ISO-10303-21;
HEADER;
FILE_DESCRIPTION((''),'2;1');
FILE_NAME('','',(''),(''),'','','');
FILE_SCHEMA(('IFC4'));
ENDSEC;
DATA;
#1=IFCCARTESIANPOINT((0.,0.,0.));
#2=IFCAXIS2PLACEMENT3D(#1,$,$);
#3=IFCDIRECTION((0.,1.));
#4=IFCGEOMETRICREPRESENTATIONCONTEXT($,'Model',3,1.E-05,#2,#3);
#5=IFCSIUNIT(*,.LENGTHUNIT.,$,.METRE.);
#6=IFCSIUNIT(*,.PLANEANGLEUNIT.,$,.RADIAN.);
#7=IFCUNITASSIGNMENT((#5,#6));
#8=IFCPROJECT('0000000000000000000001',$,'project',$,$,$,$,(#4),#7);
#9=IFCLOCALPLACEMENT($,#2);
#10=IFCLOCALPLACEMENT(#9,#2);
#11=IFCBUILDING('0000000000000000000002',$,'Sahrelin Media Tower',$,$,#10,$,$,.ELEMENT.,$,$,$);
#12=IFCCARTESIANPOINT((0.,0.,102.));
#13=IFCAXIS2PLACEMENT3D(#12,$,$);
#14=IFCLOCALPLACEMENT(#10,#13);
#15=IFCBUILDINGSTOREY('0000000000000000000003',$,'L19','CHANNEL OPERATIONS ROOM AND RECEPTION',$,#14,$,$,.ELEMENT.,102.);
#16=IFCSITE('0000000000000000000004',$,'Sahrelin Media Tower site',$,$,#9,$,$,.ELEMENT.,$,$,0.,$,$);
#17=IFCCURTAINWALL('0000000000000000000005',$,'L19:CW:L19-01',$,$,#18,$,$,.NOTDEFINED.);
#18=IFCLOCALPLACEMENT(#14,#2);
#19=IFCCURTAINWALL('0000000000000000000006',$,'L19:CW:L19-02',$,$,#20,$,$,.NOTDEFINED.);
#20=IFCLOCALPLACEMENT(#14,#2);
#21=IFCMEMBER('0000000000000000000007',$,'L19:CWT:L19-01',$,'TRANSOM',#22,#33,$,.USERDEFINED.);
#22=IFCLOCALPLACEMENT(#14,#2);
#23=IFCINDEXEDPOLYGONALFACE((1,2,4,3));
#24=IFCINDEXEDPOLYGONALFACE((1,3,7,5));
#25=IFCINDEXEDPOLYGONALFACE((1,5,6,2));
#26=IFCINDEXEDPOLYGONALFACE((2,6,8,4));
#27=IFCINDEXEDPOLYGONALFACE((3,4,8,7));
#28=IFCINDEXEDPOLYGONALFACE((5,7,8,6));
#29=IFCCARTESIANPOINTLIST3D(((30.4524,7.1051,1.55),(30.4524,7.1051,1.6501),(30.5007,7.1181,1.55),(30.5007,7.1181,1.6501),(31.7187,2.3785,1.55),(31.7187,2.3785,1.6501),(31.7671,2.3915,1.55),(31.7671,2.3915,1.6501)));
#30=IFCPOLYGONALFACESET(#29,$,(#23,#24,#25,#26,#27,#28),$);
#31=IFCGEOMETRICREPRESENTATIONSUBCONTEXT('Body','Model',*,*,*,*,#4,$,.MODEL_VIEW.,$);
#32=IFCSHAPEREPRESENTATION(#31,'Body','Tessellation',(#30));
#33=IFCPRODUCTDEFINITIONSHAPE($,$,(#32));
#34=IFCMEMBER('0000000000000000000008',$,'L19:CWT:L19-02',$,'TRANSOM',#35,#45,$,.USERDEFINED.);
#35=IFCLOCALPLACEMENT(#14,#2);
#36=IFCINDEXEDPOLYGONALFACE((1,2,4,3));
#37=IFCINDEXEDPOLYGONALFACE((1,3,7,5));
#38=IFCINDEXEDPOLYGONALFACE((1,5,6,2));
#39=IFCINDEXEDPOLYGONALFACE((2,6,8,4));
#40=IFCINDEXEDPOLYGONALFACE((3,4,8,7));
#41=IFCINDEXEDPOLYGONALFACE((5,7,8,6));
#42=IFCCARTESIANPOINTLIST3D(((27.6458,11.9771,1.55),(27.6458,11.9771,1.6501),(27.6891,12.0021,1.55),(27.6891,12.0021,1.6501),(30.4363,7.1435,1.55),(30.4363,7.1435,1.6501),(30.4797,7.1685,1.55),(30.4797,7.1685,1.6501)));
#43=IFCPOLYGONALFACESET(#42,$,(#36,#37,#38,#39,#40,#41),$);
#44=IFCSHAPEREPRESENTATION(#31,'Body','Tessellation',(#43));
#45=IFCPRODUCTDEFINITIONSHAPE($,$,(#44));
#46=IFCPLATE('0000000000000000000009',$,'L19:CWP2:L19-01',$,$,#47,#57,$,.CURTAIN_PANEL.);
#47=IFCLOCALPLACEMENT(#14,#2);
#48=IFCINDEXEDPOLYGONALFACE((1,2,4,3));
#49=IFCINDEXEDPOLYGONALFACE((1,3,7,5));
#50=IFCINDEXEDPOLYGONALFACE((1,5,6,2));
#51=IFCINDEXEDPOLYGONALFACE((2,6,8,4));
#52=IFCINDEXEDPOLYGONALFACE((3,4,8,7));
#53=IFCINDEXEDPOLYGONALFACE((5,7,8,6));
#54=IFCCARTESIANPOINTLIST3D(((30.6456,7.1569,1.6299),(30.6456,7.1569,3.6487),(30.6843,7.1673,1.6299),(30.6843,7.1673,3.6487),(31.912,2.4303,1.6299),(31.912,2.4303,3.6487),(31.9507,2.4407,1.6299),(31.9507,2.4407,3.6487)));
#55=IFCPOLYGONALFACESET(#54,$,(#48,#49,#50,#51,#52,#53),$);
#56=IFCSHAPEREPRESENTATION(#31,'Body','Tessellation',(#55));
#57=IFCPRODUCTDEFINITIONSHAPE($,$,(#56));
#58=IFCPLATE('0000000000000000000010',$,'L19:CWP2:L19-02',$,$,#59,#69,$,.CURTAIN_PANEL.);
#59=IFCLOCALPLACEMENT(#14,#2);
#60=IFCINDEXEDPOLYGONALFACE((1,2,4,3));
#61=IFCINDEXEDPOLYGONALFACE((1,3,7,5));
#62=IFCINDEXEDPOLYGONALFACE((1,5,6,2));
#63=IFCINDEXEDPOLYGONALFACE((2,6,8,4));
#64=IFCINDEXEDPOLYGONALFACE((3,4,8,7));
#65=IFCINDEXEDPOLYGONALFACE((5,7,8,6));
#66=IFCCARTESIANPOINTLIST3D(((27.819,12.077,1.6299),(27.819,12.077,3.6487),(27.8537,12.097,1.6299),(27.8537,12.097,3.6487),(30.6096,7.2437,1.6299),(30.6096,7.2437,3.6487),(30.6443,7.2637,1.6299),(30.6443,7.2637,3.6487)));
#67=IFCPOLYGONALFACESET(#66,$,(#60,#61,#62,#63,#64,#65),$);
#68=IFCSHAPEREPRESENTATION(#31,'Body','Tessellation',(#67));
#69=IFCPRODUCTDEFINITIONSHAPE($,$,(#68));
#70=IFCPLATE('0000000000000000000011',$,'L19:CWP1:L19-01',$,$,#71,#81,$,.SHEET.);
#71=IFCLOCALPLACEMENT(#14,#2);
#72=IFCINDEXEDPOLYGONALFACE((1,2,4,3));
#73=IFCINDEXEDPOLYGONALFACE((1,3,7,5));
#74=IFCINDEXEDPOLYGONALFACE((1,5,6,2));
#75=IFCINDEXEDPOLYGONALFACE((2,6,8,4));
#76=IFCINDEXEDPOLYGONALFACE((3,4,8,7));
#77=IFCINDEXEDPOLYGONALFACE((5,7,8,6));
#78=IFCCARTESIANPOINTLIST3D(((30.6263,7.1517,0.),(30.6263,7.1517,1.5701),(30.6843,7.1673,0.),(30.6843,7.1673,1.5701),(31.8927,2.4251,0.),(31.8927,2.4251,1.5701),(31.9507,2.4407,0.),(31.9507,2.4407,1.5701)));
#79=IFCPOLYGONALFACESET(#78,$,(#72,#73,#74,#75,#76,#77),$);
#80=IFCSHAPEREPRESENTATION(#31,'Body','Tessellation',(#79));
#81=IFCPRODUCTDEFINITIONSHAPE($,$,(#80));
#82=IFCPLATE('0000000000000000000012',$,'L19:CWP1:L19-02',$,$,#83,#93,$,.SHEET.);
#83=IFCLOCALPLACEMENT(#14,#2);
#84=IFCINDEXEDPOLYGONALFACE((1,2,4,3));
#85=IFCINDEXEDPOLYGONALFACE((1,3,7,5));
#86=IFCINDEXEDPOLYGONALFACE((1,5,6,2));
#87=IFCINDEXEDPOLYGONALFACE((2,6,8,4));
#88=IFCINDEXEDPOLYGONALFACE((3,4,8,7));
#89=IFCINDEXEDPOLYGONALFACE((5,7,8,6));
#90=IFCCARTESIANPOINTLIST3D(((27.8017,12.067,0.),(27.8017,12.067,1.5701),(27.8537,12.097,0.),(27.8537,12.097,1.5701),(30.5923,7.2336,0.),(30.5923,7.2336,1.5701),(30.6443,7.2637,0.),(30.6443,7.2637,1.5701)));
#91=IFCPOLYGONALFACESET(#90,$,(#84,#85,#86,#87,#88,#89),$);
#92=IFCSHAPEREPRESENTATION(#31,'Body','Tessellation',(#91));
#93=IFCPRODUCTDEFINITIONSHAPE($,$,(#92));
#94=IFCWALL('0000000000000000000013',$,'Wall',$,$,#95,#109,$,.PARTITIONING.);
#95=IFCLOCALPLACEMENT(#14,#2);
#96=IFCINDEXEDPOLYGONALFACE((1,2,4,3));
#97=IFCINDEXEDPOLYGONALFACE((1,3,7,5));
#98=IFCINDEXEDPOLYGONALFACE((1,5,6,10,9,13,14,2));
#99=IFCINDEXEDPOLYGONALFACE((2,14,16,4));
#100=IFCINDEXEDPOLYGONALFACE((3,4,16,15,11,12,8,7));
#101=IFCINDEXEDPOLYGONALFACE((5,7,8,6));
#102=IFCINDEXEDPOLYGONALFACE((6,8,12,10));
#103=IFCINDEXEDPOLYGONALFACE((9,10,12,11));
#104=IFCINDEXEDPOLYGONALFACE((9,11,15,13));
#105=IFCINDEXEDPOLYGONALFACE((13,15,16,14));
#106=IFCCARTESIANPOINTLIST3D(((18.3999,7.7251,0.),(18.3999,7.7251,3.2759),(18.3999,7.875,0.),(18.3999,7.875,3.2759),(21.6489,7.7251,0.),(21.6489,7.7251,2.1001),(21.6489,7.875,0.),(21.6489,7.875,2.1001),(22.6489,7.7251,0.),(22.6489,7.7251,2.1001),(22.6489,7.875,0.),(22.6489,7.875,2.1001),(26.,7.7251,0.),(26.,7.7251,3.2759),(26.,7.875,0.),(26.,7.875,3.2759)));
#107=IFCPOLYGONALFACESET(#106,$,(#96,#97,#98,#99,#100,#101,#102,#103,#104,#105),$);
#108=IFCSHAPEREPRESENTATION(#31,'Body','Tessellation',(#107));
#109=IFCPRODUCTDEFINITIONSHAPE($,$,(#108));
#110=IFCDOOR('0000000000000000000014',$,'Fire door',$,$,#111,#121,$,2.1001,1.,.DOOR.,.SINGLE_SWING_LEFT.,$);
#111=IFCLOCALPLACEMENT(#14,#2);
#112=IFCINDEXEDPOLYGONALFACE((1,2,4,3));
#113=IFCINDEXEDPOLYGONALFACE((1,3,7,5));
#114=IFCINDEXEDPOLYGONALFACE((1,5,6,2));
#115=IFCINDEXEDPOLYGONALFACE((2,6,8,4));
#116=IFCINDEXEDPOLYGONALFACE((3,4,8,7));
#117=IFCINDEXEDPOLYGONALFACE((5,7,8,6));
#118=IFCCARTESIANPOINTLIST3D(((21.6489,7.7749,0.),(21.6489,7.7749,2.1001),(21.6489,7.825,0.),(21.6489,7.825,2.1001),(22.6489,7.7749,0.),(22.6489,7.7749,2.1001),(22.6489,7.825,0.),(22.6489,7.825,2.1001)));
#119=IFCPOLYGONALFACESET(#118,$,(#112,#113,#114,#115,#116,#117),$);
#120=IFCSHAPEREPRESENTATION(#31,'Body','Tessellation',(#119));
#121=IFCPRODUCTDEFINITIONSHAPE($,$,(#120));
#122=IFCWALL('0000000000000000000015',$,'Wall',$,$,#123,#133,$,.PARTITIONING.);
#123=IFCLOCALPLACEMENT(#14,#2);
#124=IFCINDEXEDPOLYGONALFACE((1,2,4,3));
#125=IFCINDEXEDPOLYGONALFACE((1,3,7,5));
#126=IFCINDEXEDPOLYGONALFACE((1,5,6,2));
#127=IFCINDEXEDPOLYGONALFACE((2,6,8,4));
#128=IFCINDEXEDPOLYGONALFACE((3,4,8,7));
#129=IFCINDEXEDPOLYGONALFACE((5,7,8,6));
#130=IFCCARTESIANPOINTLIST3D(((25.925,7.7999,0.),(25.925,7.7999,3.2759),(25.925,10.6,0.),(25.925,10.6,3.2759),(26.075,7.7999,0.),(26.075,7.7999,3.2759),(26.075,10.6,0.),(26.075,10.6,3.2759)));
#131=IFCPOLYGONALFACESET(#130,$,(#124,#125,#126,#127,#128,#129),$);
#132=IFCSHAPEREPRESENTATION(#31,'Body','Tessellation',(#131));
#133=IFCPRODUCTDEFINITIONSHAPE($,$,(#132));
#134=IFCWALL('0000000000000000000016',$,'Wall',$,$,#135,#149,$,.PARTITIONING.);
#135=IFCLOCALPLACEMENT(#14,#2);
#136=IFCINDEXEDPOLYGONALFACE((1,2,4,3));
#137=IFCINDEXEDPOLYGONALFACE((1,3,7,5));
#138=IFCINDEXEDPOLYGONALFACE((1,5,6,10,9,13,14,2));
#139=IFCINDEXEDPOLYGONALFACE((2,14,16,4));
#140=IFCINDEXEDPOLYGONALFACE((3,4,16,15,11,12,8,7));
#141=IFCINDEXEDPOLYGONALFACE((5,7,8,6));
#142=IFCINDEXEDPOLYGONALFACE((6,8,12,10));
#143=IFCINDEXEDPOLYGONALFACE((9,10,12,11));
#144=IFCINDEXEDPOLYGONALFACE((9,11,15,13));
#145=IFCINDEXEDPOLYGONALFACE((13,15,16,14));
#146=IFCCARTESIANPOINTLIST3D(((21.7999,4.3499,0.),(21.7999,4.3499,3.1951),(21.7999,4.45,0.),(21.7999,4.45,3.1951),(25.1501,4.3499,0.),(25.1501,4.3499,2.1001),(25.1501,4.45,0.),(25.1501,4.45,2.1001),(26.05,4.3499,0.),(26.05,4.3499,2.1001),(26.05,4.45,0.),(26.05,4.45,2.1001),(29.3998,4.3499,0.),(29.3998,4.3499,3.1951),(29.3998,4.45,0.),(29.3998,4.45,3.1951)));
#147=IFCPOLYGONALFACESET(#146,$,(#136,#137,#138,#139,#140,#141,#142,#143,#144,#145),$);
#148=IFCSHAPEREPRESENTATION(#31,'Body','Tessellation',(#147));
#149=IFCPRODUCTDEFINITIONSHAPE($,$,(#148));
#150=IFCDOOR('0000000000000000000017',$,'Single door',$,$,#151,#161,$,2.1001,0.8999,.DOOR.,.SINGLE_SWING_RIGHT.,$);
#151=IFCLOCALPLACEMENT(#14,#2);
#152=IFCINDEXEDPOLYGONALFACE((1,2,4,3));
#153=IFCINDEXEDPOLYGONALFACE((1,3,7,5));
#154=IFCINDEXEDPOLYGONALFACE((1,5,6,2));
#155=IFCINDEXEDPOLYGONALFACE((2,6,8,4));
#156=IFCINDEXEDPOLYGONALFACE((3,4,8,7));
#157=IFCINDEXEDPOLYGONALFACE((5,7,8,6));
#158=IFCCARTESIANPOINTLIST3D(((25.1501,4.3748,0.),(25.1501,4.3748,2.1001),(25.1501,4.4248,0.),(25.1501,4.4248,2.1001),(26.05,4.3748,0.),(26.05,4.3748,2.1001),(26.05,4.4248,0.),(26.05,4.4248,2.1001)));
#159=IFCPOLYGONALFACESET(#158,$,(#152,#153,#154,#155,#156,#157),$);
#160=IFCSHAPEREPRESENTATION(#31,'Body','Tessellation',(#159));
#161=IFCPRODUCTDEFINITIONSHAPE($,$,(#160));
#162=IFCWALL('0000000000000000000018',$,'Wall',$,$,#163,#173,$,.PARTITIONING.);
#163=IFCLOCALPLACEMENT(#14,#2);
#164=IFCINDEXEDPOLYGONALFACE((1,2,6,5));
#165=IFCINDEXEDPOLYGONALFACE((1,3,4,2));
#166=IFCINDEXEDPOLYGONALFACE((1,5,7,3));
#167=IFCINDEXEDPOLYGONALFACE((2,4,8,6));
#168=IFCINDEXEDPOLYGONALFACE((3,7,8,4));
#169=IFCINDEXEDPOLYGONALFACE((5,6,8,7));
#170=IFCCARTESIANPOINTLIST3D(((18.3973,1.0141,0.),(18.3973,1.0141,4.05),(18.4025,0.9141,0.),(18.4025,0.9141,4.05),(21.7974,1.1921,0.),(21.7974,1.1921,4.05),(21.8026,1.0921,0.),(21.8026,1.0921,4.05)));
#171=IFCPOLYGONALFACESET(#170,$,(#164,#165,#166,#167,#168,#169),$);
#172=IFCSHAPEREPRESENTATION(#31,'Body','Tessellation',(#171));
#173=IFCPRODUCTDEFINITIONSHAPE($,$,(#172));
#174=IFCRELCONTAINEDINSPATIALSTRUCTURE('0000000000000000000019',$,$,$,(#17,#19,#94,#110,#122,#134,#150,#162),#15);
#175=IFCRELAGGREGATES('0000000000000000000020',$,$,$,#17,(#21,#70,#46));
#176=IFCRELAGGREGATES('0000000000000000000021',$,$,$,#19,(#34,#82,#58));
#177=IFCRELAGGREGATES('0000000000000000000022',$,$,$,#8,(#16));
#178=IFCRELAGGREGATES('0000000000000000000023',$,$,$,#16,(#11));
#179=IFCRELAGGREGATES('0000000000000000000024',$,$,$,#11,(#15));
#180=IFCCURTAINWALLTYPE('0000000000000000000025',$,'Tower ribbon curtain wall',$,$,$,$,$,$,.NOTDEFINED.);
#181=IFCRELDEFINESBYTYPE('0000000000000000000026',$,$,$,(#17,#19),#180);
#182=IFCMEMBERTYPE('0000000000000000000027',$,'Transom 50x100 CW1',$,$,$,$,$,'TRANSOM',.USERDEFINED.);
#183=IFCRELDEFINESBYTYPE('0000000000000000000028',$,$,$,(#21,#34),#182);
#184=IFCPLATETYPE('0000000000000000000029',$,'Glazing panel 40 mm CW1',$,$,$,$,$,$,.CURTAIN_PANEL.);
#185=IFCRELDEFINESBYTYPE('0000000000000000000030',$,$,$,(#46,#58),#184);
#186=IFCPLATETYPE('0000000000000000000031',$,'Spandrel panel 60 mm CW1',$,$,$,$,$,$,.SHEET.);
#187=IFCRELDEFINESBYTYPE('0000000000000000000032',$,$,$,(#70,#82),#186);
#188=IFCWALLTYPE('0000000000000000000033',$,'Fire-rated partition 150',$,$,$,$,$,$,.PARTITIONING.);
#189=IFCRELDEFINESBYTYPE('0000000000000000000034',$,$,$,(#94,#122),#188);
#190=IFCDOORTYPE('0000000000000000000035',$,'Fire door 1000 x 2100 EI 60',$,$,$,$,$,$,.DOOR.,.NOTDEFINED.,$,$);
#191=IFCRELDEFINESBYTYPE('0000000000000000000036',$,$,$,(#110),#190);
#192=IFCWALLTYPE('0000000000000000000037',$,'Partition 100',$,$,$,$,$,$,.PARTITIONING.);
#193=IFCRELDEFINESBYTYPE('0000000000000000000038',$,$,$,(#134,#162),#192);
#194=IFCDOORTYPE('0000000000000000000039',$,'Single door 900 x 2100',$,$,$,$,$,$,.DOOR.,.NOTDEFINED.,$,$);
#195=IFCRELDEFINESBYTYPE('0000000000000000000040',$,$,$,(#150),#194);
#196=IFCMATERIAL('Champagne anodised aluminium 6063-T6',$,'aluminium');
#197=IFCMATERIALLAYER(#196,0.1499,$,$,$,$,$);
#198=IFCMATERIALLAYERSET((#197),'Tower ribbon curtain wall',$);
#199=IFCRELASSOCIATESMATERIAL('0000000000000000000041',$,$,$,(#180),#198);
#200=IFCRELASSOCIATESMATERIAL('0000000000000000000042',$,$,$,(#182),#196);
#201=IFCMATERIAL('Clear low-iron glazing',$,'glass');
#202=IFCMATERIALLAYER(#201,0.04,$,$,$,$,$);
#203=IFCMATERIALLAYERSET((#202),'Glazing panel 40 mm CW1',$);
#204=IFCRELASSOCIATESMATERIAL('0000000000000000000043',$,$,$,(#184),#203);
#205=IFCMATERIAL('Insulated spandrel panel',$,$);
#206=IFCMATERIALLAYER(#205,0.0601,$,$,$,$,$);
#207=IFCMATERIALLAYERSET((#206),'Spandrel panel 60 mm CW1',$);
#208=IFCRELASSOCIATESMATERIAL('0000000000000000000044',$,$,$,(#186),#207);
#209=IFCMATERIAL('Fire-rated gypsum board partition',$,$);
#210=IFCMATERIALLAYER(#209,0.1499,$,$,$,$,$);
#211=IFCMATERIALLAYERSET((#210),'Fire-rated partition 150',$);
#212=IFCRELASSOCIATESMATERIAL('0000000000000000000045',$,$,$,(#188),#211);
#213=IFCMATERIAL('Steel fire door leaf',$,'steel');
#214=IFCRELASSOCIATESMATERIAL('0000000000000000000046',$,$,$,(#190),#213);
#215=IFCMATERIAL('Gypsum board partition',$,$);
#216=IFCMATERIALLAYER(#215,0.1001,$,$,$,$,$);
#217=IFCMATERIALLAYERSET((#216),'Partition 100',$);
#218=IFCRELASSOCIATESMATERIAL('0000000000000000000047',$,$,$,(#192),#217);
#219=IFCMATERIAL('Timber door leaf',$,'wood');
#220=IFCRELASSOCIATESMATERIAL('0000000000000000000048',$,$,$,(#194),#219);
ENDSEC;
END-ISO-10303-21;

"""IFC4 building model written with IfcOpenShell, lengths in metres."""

from ifc_helpers import new_model, si_unit, direction, frame, frame_2d, origin, origin_2d, place, context, subcontext, project, spatial, polyline, rectangle, outline, extrude, material, layer, layer_set, material_profile, profile_set, type_object, element, fill, aggregate, save


model = new_model("IFC4")

# Units and contexts
model_context = context("Model", 3, precision=1e-05, world=origin(), true_north=direction((0.0, 1.0)))
body_context = subcontext(model_context, "Body", "Model", "MODEL_VIEW")
ifc_project = project(units=[si_unit("LENGTHUNIT", "METRE"), si_unit("PLANEANGLEUNIT", "RADIAN")], contexts=[model_context])

# Site, building, storey
site_placement = place(None, origin())
site = spatial("IfcSite", under=ifc_project, at=site_placement, Name="Sahrelin Media Tower site", CompositionType="ELEMENT", RefElevation=0.0)
building_placement = place(site_placement, origin())
building = spatial("IfcBuilding", under=site, at=building_placement, Name="Sahrelin Media Tower", CompositionType="ELEMENT")
storey_placement = place(building_placement, frame((0.0, 0.0, 102.0)))
storey = spatial("IfcBuildingStorey", under=building, at=storey_placement, Name="L19", Description="CHANNEL OPERATIONS ROOM AND RECEPTION", CompositionType="ELEMENT", Elevation=102.0)

# Curtain walls
ifc_material_1 = material(Name="Champagne anodised aluminium 6063-T6", Category="aluminium")
ifc_layer_1 = layer(ifc_material_1, 0.1499)
ifc_layer_set_1 = layer_set([ifc_layer_1], Name="Tower ribbon curtain wall")
curtain_wall_type = type_object("IfcCurtainWallType", Name="Tower ribbon curtain wall", PredefinedType="NOTDEFINED", material=ifc_layer_set_1)
curtain_wall_1_placement = place(storey_placement, frame((31.2981, 4.7988, 0.0), z_axis=(0.0, 0.0, 1.0), x_axis=(1.0, 0.0, 0.0)))
curtain_wall_1 = element("IfcCurtainWall", 1, at=curtain_wall_1_placement, inside=storey, type_object=curtain_wall_type, Name="L19:CW:L19-01", PredefinedType="NOTDEFINED")
curtain_wall_2_placement = place(storey_placement, frame((29.2317, 9.6704, 0.0), z_axis=(0.0, 0.0, 1.0), x_axis=(1.0, 0.0, 0.0)))
curtain_wall_2 = element("IfcCurtainWall", 2, at=curtain_wall_2_placement, inside=storey, type_object=curtain_wall_type, Name="L19:CW:L19-02", PredefinedType="NOTDEFINED")

# Members
ifc_material_profile_1 = material_profile(ifc_material_1, rectangle(XDim=0.05, YDim=0.1001, at=origin_2d()), Name="Transom 50x100")
ifc_profile_set_1 = profile_set([ifc_material_profile_1], Name="Champagne anodised aluminium 6063-T6")
member_type_1 = type_object("IfcMemberType", Name="Transom 50x100 CW1", ElementType="TRANSOM", PredefinedType="USERDEFINED", material=ifc_profile_set_1)
member_1_placement = place(storey_placement, frame((31.7429, 2.385, 1.6001), z_axis=(-0.258796, 0.965932, 0.0), x_axis=(-0.965932, -0.258796, 0.0)))
member_1 = element("IfcMember", 3, at=member_1_placement, type_object=member_type_1, Name="L19:CWT:L19-01", ObjectType="TRANSOM", PredefinedType="USERDEFINED", context=body_context, shape_type="SweptSolid", body=[
    extrude(rectangle(XDim=0.05, YDim=0.1001, at=origin_2d()), origin(), (0.0, 0.0, 1.0), 4.8933),
])
member_2_placement = place(storey_placement, frame((30.458, 7.156, 1.6001), z_axis=(-0.499988, 0.866033, 0.0), x_axis=(-0.866033, -0.499988, 0.0)))
member_2 = element("IfcMember", 4, at=member_2_placement, type_object=member_type_1, Name="L19:CWT:L19-02", ObjectType="TRANSOM", PredefinedType="USERDEFINED", context=body_context, shape_type="SweptSolid", body=[
    extrude(rectangle(XDim=0.05, YDim=0.1001, at=origin_2d()), origin(), (0.0, 0.0, 1.0), 5.5813),
])

# Plates
ifc_material_2 = material(Name="Clear low-iron glazing", Category="glass")
ifc_layer_2 = layer(ifc_material_2, 0.04)
ifc_layer_set_2 = layer_set([ifc_layer_2], Name="Glazing panel 40 mm CW1")
plate_type_1 = type_object("IfcPlateType", Name="Glazing panel 40 mm CW1", PredefinedType="CURTAIN_PANEL", material=ifc_layer_set_2)
plate_1_placement = place(storey_placement, frame((31.9507, 2.4407, 1.6299), z_axis=(0.965932, 0.258796, 0.0), x_axis=(-0.258796, 0.965932, 0.0)))
plate_1 = element("IfcPlate", 5, at=plate_1_placement, type_object=plate_type_1, Name="L19:CWP2:L19-01", PredefinedType="CURTAIN_PANEL", context=body_context, shape_type="SweptSolid", body=[
    extrude(outline(polyline([(0.0, 0.0), (4.8933, 0.0), (4.8933, 2.0188), (0.0, 2.0188), (0.0, 0.0)])), origin(), (0.0, 0.0, -1.0), 0.04),
])
plate_2_placement = place(storey_placement, frame((30.6443, 7.2637, 1.6299), z_axis=(0.866022, 0.500006, 0.0), x_axis=(-0.500006, 0.866022, 0.0)))
plate_2 = element("IfcPlate", 6, at=plate_2_placement, type_object=plate_type_1, Name="L19:CWP2:L19-02", PredefinedType="CURTAIN_PANEL", context=body_context, shape_type="SweptSolid", body=[
    extrude(outline(polyline([(0.0, 0.0), (5.5811, 0.0), (5.5811, 2.0188), (0.0, 2.0188), (0.0, 0.0)])), origin(), (0.0, 0.0, -1.0), 0.04),
])
ifc_material_3 = material(Name="Insulated spandrel panel")
ifc_layer_3 = layer(ifc_material_3, 0.0601)
ifc_layer_set_3 = layer_set([ifc_layer_3], Name="Spandrel panel 60 mm CW1")
plate_type_2 = type_object("IfcPlateType", Name="Spandrel panel 60 mm CW1", PredefinedType="SHEET", material=ifc_layer_set_3)
plate_3_placement = place(storey_placement, frame((31.9507, 2.4407, 0.0), z_axis=(0.965932, 0.258796, 0.0), x_axis=(-0.258796, 0.965932, 0.0)))
plate_3 = element("IfcPlate", 7, at=plate_3_placement, type_object=plate_type_2, Name="L19:CWP1:L19-01", PredefinedType="SHEET", context=body_context, shape_type="SweptSolid", body=[
    extrude(outline(polyline([(0.0, 0.0), (4.8933, 0.0), (4.8933, 1.5701), (0.0, 1.5701), (0.0, 0.0)])), origin(), (0.0, 0.0, -1.0), 0.0601),
])
aggregate(curtain_wall_1, [member_1, plate_3, plate_1])
plate_4_placement = place(storey_placement, frame((30.6443, 7.2637, 0.0), z_axis=(0.866022, 0.500006, 0.0), x_axis=(-0.500006, 0.866022, 0.0)))
plate_4 = element("IfcPlate", 8, at=plate_4_placement, type_object=plate_type_2, Name="L19:CWP1:L19-02", PredefinedType="SHEET", context=body_context, shape_type="SweptSolid", body=[
    extrude(outline(polyline([(0.0, 0.0), (5.5811, 0.0), (5.5811, 1.5701), (0.0, 1.5701), (0.0, 0.0)])), origin(), (0.0, 0.0, -1.0), 0.0601),
])
aggregate(curtain_wall_2, [member_2, plate_4, plate_2])

# Wall, opening, door
ifc_material_4 = material(Name="Fire-rated gypsum board partition")
ifc_layer_4 = layer(ifc_material_4, 0.1499)
ifc_layer_set_4 = layer_set([ifc_layer_4], Name="Fire-rated partition 150")
wall_type_1 = type_object("IfcWallType", Name="Fire-rated partition 150", PredefinedType="PARTITIONING", material=ifc_layer_set_4)
wall_1_placement = place(storey_placement, frame((18.3999, 7.8, 0.0), z_axis=(0.0, 0.0, 1.0), x_axis=(1.0, 0.0, 0.0)))
wall_1 = element("IfcWall", 9, at=wall_1_placement, inside=storey, type_object=wall_type_1, Name="Wall", PredefinedType="PARTITIONING", context=body_context, shape_type="SweptSolid", body=[
    extrude(rectangle(XDim=7.6001, YDim=0.1499, at=frame_2d((3.8, 0.0))), origin(), (0.0, 0.0, 1.0), 3.2759),
])
opening_1_placement = place(wall_1_placement, frame((3.249, 0.0, 0.0)))
opening_1 = element("IfcOpeningElement", 10, at=opening_1_placement, cuts=wall_1, PredefinedType="OPENING", context=body_context, shape_type="SweptSolid", body=[
    extrude(rectangle(XDim=1.0, YDim=2.1001, at=frame_2d((0.5, 1.05))), frame((0.0, 0.075, 0.0), z_axis=(0.0, -1.0, 0.0), x_axis=(1.0, 0.0, 0.0)), (0.0, 0.0, 1.0), 0.1499),
])
ifc_material_5 = material(Name="Steel fire door leaf", Category="steel")
door_type_1 = type_object("IfcDoorType", Name="Fire door 1000 x 2100 EI 60", OperationType="NOTDEFINED", PredefinedType="DOOR", material=ifc_material_5)
door_1_placement = place(opening_1_placement, origin())
door_1 = element("IfcDoor", 11, at=door_1_placement, inside=storey, type_object=door_type_1, Name="Fire door", OperationType="SINGLE_SWING_LEFT", OverallHeight=2.1001, OverallWidth=1.0, PredefinedType="DOOR", context=body_context, shape_type="SweptSolid", body=[
    extrude(rectangle(XDim=1.0, YDim=2.1001, at=frame_2d((0.5, 1.05))), frame((0.0, 0.0249, 0.0), z_axis=(0.0, -1.0, 0.0), x_axis=(1.0, 0.0, 0.0)), (0.0, 0.0, 1.0), 0.05),
])
fill(opening_1, door_1)

# Wall
wall_2_placement = place(storey_placement, frame((26.0, 7.8, 0.0), z_axis=(0.0, 0.0, 1.0), x_axis=(0.0, 1.0, 0.0)))
element("IfcWall", 12, at=wall_2_placement, inside=storey, type_object=wall_type_1, Name="Wall", PredefinedType="PARTITIONING", context=body_context, shape_type="SweptSolid", body=[
    extrude(rectangle(XDim=2.8, YDim=0.1499, at=frame_2d((1.3999, 0.0))), origin(), (0.0, 0.0, 1.0), 3.2759),
])

# Wall, opening, door
ifc_material_6 = material(Name="Gypsum board partition")
ifc_layer_5 = layer(ifc_material_6, 0.1001)
ifc_layer_set_5 = layer_set([ifc_layer_5], Name="Partition 100")
wall_type_2 = type_object("IfcWallType", Name="Partition 100", PredefinedType="PARTITIONING", material=ifc_layer_set_5)
wall_3_placement = place(storey_placement, frame((21.8, 4.3999, 0.0), z_axis=(0.0, 0.0, 1.0), x_axis=(1.0, 0.0, 0.0)))
wall_3 = element("IfcWall", 13, at=wall_3_placement, inside=storey, type_object=wall_type_2, Name="Wall", PredefinedType="PARTITIONING", context=body_context, shape_type="SweptSolid", body=[
    extrude(rectangle(XDim=7.5999, YDim=0.1001, at=frame_2d((3.7998, 0.0))), origin(), (0.0, 0.0, 1.0), 3.1951),
])
opening_2_placement = place(wall_3_placement, frame((3.3501, 0.0, 0.0)))
opening_2 = element("IfcOpeningElement", 14, at=opening_2_placement, cuts=wall_3, PredefinedType="OPENING", context=body_context, shape_type="SweptSolid", body=[
    extrude(rectangle(XDim=0.8999, YDim=2.1001, at=frame_2d((0.45, 1.05))), frame((0.0, 0.05, 0.0), z_axis=(0.0, -1.0, 0.0), x_axis=(1.0, 0.0, 0.0)), (0.0, 0.0, 1.0), 0.1001),
])
ifc_material_7 = material(Name="Timber door leaf", Category="wood")
door_type_2 = type_object("IfcDoorType", Name="Single door 900 x 2100", OperationType="NOTDEFINED", PredefinedType="DOOR", material=ifc_material_7)
door_2_placement = place(opening_2_placement, origin())
door_2 = element("IfcDoor", 15, at=door_2_placement, inside=storey, type_object=door_type_2, Name="Single door", OperationType="SINGLE_SWING_RIGHT", OverallHeight=2.1001, OverallWidth=0.8999, PredefinedType="DOOR", context=body_context, shape_type="SweptSolid", body=[
    extrude(rectangle(XDim=0.8999, YDim=2.1001, at=frame_2d((0.45, 1.05))), frame((0.0, 0.0249, 0.0), z_axis=(0.0, -1.0, 0.0), x_axis=(1.0, 0.0, 0.0)), (0.0, 0.0, 1.0), 0.05),
])
fill(opening_2, door_2)

# Wall
wall_4_placement = place(storey_placement, frame((18.3999, 0.9641, 0.0), z_axis=(0.0, 0.0, 1.0), x_axis=(0.998633, 0.052273, 0.0)))
element("IfcWall", 16, at=wall_4_placement, inside=storey, type_object=wall_type_2, Name="Wall", PredefinedType="PARTITIONING", context=body_context, shape_type="SweptSolid", body=[
    extrude(rectangle(XDim=3.4048, YDim=0.1001, at=frame_2d((1.7024, 0.0))), origin(), (0.0, 0.0, 1.0), 4.05),
])

save(model, "model.ifc")
